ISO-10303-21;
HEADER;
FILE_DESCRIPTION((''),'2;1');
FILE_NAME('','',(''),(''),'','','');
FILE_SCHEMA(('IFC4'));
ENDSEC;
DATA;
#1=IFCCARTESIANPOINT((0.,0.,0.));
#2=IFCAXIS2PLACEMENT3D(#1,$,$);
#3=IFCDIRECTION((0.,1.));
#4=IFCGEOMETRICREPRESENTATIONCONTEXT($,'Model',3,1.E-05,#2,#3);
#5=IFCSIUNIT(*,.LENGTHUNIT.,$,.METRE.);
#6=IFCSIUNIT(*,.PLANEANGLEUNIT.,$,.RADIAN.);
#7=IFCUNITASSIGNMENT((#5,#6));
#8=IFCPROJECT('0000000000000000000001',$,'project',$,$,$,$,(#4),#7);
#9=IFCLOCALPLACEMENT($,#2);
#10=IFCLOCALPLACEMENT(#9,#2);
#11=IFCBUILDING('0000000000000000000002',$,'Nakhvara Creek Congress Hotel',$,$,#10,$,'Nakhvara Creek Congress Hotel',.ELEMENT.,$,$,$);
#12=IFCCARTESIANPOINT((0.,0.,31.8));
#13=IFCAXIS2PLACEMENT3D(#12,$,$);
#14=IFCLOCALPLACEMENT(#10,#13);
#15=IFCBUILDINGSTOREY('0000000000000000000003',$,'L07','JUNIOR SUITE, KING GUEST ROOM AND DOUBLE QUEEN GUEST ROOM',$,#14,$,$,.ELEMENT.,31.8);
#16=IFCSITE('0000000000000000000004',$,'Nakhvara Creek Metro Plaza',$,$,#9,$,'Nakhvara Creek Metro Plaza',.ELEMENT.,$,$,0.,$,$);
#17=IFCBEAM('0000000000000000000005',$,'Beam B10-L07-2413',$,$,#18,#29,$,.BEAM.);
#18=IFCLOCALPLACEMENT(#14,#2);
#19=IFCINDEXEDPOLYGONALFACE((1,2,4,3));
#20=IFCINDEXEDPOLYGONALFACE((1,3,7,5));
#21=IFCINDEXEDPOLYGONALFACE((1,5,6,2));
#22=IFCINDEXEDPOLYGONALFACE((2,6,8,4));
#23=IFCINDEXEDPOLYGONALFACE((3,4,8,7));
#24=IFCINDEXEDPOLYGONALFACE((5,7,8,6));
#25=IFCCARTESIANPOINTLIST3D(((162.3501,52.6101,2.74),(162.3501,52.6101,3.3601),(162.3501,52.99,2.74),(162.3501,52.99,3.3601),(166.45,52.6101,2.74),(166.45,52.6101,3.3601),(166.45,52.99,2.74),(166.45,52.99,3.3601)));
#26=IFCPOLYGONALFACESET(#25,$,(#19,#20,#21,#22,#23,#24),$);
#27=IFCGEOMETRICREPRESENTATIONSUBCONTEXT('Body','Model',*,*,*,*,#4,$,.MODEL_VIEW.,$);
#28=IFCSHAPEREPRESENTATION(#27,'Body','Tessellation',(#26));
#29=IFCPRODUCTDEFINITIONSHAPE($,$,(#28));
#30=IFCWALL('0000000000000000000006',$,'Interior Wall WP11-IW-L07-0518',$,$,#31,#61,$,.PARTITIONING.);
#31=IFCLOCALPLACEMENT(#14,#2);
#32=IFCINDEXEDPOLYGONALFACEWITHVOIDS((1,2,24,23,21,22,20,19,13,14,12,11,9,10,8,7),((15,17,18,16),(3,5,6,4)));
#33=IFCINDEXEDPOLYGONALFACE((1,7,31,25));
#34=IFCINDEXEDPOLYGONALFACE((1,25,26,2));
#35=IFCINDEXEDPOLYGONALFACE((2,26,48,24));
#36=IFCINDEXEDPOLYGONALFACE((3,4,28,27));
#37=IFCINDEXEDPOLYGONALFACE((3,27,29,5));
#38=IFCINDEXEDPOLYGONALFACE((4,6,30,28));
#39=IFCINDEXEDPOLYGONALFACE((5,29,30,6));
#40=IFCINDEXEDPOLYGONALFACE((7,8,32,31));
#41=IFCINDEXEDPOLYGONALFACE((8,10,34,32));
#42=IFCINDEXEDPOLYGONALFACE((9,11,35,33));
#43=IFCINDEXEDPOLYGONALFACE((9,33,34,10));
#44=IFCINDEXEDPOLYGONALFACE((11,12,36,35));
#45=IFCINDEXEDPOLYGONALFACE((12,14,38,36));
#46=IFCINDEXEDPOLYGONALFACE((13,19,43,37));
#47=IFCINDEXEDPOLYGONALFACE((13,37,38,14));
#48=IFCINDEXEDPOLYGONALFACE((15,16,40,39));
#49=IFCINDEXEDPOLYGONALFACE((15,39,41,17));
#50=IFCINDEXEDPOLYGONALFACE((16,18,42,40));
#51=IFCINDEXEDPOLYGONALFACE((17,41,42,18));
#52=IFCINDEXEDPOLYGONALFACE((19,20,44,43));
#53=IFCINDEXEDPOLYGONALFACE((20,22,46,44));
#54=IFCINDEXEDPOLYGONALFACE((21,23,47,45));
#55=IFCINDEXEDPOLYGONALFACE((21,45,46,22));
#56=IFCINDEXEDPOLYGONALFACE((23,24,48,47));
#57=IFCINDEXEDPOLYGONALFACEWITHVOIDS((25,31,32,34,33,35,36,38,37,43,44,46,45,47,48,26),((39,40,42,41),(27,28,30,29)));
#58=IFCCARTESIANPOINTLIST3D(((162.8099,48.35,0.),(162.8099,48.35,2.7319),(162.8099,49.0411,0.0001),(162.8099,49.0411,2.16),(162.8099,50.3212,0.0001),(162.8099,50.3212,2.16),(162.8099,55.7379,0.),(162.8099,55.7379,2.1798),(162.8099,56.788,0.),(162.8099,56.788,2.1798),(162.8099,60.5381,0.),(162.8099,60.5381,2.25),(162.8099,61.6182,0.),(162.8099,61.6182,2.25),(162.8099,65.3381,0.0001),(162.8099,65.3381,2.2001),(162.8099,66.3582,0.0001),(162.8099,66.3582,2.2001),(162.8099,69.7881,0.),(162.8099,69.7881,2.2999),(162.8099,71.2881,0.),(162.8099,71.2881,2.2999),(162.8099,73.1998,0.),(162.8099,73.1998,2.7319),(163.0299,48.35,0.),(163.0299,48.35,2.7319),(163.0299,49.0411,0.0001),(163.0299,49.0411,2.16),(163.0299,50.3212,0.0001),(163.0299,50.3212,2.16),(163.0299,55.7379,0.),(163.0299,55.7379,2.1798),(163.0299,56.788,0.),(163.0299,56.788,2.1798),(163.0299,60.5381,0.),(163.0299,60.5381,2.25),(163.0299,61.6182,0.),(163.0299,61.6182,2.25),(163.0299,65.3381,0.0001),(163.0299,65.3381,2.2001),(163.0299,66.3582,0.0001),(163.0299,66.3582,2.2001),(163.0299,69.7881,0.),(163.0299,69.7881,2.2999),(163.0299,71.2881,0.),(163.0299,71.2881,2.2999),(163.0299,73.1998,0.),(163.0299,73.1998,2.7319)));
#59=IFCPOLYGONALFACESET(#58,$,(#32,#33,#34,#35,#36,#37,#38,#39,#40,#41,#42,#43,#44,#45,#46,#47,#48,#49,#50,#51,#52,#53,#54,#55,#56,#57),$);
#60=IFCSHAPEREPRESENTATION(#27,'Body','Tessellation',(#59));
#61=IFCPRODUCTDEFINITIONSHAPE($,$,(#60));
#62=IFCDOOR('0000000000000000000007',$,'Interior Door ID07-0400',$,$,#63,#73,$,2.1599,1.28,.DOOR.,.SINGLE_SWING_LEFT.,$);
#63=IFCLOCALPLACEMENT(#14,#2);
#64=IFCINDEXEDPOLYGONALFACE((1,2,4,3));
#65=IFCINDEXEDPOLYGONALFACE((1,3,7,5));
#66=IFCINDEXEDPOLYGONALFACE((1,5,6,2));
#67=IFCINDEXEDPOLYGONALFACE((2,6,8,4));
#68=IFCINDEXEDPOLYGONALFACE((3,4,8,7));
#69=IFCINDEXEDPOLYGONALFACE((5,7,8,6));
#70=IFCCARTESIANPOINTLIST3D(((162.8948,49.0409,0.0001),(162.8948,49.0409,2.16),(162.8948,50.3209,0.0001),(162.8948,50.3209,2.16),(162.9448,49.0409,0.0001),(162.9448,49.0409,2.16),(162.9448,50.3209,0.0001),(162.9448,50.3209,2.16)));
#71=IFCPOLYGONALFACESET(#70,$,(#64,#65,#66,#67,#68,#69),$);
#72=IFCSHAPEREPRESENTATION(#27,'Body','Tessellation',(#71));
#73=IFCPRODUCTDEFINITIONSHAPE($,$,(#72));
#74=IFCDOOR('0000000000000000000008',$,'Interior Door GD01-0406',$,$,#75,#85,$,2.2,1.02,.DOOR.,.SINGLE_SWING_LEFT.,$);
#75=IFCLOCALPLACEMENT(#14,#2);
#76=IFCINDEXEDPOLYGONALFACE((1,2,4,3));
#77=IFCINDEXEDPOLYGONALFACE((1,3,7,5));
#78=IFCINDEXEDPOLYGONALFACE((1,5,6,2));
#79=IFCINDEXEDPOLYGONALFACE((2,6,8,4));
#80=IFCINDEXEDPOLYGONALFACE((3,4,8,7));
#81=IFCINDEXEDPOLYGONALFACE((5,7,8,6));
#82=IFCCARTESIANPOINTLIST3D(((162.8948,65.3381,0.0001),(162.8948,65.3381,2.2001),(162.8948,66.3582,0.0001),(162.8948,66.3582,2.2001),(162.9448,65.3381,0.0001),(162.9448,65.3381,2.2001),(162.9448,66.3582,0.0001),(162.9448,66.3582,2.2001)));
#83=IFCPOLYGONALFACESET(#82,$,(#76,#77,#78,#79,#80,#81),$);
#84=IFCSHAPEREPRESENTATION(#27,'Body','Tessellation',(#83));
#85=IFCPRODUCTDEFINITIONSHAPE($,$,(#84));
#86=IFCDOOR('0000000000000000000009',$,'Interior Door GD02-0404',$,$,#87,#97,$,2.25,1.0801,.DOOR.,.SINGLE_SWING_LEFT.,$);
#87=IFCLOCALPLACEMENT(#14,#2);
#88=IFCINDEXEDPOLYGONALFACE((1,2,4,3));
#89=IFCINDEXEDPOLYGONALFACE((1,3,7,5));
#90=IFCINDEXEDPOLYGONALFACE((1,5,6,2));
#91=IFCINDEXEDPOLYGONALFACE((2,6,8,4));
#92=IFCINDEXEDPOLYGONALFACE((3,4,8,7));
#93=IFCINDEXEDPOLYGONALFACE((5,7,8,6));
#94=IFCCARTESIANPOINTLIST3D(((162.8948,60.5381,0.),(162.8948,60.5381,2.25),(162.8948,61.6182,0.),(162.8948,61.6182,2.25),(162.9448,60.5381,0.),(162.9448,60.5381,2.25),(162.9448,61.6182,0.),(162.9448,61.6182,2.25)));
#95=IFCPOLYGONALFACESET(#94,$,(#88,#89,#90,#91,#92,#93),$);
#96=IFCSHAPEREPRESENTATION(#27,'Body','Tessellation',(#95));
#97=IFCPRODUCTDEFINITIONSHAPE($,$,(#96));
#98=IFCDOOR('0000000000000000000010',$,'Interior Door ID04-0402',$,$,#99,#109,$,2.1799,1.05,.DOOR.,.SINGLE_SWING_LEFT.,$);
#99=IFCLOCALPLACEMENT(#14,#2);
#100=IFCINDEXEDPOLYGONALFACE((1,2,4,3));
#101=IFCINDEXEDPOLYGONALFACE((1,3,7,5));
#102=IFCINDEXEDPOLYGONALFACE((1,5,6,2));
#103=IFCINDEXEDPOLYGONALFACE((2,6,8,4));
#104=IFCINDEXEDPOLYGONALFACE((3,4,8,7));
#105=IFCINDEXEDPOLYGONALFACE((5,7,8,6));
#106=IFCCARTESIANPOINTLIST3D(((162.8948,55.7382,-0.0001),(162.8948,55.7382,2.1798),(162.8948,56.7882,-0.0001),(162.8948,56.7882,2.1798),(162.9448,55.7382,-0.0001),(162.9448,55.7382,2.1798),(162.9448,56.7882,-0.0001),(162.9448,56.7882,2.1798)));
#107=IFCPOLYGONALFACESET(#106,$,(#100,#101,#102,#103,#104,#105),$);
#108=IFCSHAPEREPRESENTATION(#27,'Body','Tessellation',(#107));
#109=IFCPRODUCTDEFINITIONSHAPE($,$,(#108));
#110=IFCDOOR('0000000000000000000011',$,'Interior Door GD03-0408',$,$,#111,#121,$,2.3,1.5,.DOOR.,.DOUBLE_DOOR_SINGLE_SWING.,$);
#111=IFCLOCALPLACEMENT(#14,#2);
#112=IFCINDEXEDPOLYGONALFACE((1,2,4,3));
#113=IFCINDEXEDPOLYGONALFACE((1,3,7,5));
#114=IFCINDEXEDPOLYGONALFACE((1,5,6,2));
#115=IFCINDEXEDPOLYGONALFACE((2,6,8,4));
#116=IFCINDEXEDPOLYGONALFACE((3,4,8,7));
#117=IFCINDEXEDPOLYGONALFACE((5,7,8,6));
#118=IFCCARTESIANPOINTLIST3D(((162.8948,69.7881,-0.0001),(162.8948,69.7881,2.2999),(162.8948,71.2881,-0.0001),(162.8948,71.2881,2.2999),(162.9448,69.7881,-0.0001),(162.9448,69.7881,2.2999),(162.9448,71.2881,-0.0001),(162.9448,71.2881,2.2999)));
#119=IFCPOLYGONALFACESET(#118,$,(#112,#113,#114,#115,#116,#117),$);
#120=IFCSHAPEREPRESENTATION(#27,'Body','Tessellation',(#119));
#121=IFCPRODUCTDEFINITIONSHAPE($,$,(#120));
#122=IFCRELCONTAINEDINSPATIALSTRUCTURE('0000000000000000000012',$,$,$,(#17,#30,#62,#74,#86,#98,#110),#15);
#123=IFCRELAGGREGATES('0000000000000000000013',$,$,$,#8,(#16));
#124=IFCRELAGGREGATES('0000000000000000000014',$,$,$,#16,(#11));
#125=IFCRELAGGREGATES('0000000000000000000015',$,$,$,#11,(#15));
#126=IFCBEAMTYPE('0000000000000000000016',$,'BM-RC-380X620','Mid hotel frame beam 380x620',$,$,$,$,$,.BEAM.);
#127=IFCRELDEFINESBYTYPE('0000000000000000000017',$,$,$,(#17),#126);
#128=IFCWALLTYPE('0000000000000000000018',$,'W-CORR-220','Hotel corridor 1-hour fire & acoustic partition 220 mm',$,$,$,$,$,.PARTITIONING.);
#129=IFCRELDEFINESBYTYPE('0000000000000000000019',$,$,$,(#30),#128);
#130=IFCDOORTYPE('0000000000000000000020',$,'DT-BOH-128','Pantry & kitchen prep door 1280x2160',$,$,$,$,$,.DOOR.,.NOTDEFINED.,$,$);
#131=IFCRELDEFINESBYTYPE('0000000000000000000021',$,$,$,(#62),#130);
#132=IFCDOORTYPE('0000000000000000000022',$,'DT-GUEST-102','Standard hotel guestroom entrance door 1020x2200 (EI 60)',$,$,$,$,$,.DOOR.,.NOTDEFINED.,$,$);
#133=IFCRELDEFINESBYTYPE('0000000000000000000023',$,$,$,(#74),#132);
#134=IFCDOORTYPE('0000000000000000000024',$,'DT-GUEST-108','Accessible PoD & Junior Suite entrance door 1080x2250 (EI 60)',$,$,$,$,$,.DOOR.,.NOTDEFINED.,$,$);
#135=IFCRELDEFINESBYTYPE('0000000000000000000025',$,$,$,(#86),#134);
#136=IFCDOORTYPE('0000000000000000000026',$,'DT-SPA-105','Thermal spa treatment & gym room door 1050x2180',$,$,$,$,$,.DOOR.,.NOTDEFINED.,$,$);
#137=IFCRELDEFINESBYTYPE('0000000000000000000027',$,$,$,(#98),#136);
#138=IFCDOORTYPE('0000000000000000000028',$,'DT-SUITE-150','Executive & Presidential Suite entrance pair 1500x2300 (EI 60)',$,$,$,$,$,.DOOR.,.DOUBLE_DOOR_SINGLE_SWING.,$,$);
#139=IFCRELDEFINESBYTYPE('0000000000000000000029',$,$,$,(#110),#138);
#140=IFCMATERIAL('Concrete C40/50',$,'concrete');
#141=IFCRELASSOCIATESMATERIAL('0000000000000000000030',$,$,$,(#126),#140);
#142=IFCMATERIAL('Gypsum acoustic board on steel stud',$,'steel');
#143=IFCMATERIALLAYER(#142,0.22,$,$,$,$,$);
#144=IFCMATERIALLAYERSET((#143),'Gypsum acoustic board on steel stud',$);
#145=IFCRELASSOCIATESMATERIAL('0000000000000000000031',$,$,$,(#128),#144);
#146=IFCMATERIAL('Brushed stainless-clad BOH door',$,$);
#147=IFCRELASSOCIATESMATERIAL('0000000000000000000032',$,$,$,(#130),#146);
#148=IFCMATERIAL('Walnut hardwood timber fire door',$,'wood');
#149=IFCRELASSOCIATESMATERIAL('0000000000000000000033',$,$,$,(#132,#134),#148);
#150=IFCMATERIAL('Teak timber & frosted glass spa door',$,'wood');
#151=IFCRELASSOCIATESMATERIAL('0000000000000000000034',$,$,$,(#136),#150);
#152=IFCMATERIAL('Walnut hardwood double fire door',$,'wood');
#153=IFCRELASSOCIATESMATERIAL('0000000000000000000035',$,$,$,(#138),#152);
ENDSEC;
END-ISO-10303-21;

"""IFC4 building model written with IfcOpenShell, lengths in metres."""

from ifc_helpers import new_model, si_unit, direction, frame, frame_2d, origin, origin_2d, place, context, subcontext, project, spatial, rectangle, extrude, material, layer, layer_set, material_profile, profile_set, type_object, element, fill, save


model = new_model("IFC4")

# Units and contexts
model_context = context("Model", 3, precision=1e-05, world=origin(), true_north=direction((0.0, 1.0)))
body_context = subcontext(model_context, "Body", "Model", "MODEL_VIEW")
ifc_project = project(units=[si_unit("LENGTHUNIT", "METRE"), si_unit("PLANEANGLEUNIT", "RADIAN")], contexts=[model_context])

# Site, building, storey
site_placement = place(None, origin())
site = spatial("IfcSite", under=ifc_project, at=site_placement, Name="Nakhvara Creek Metro Plaza", LongName="Nakhvara Creek Metro Plaza", CompositionType="ELEMENT", RefElevation=0.0)
building_placement = place(site_placement, origin())
building = spatial("IfcBuilding", under=site, at=building_placement, Name="Nakhvara Creek Congress Hotel", LongName="Nakhvara Creek Congress Hotel", CompositionType="ELEMENT")
storey_placement = place(building_placement, frame((0.0, 0.0, 31.8)))
storey = spatial("IfcBuildingStorey", under=building, at=storey_placement, Name="L07", Description="JUNIOR SUITE, KING GUEST ROOM AND DOUBLE QUEEN GUEST ROOM", CompositionType="ELEMENT", Elevation=31.8)

# Beam
ifc_material_1 = material(Name="Concrete C40/50", Category="concrete")
ifc_material_profile = material_profile(ifc_material_1, rectangle(XDim=0.3799, YDim=0.6201, at=origin_2d()), Name="RC-BM 380x620", Category="LoadBearing")
ifc_profile_set = profile_set([ifc_material_profile], Name="Concrete C40/50")
beam_type = type_object("IfcBeamType", Name="BM-RC-380X620", Description="Mid hotel frame beam 380x620", PredefinedType="BEAM", material=ifc_profile_set)
beam_placement = place(storey_placement, frame((162.3501, 52.8, 3.05), z_axis=(1.0, 0.0, 0.0), x_axis=(0.0, 1.0, 0.0)))
element("IfcBeam", 1, at=beam_placement, inside=storey, type_object=beam_type, Name="Beam B10-L07-2413", PredefinedType="BEAM", context=body_context, shape_type="SweptSolid", body=[
    extrude(rectangle(XDim=0.3799, YDim=0.6201, at=origin_2d()), origin(), (0.0, 0.0, 1.0), 4.0999),
])

# Wall, openings, doors
ifc_material_2 = material(Name="Gypsum acoustic board on steel stud", Category="steel")
ifc_layer = layer(ifc_material_2, 0.22)
ifc_layer_set = layer_set([ifc_layer], Name="Gypsum acoustic board on steel stud")
wall_type = type_object("IfcWallType", Name="W-CORR-220", Description="Hotel corridor 1-hour fire & acoustic partition 220 mm", PredefinedType="PARTITIONING", material=ifc_layer_set)
wall_placement = place(storey_placement, frame((162.9199, 48.3501, 0.0), z_axis=(0.0, 0.0, 1.0), x_axis=(0.0, 1.0, 0.0)))
wall = element("IfcWall", 2, at=wall_placement, inside=storey, type_object=wall_type, Name="Interior Wall WP11-IW-L07-0518", PredefinedType="PARTITIONING", context=body_context, shape_type="SweptSolid", body=[
    extrude(rectangle(XDim=24.8499, YDim=0.22, at=frame_2d((12.4248, 0.0))), origin(), (0.0, 0.0, 1.0), 2.7319),
])
opening_1_placement = place(wall_placement, frame((0.6909, 0.0, 0.0)))
opening_1 = element("IfcOpeningElement", 3, at=opening_1_placement, cuts=wall, PredefinedType="OPENING", context=body_context, shape_type="SweptSolid", body=[
    extrude(rectangle(XDim=1.28, YDim=2.1599, at=frame_2d((0.6401, 1.0801))), frame((0.0, 0.1221, 0.0), z_axis=(0.0, -1.0, 0.0), x_axis=(1.0, 0.0, 0.0)), (0.0, 0.0, 1.0), 0.2439),
])
opening_2_placement = place(wall_placement, frame((7.3879, 0.0, 0.0)))
opening_2 = element("IfcOpeningElement", 4, at=opening_2_placement, cuts=wall, PredefinedType="OPENING", context=body_context, shape_type="SweptSolid", body=[
    extrude(rectangle(XDim=1.05, YDim=2.1799, at=frame_2d((0.5249, 1.0898))), frame((0.0, 0.1221, 0.0), z_axis=(0.0, -1.0, 0.0), x_axis=(1.0, 0.0, 0.0)), (0.0, 0.0, 1.0), 0.2439),
])
opening_3_placement = place(wall_placement, frame((12.188, 0.0, 0.0)))
opening_3 = element("IfcOpeningElement", 5, at=opening_3_placement, cuts=wall, PredefinedType="OPENING", context=body_context, shape_type="SweptSolid", body=[
    extrude(rectangle(XDim=1.0801, YDim=2.25, at=frame_2d((0.54, 1.125))), frame((0.0, 0.1221, 0.0), z_axis=(0.0, -1.0, 0.0), x_axis=(1.0, 0.0, 0.0)), (0.0, 0.0, 1.0), 0.2439),
])
opening_4_placement = place(wall_placement, frame((16.988, 0.0, 0.0)))
opening_4 = element("IfcOpeningElement", 6, at=opening_4_placement, cuts=wall, PredefinedType="OPENING", context=body_context, shape_type="SweptSolid", body=[
    extrude(rectangle(XDim=1.02, YDim=2.2, at=frame_2d((0.51, 1.1001))), frame((0.0, 0.1221, 0.0), z_axis=(0.0, -1.0, 0.0), x_axis=(1.0, 0.0, 0.0)), (0.0, 0.0, 1.0), 0.2439),
])
opening_5_placement = place(wall_placement, frame((21.438, 0.0, 0.0)))
opening_5 = element("IfcOpeningElement", 7, at=opening_5_placement, cuts=wall, PredefinedType="OPENING", context=body_context, shape_type="SweptSolid", body=[
    extrude(rectangle(XDim=1.5, YDim=2.3, at=frame_2d((0.75, 1.1499))), frame((0.0, 0.1221, 0.0), z_axis=(0.0, -1.0, 0.0), x_axis=(1.0, 0.0, 0.0)), (0.0, 0.0, 1.0), 0.2439),
])
ifc_material_3 = material(Name="Brushed stainless-clad BOH door")
door_type_1 = type_object("IfcDoorType", Name="DT-BOH-128", Description="Pantry & kitchen prep door 1280x2160", OperationType="NOTDEFINED", PredefinedType="DOOR", material=ifc_material_3)
door_1_placement = place(opening_1_placement, frame((1.28, 0.0, 0.0), z_axis=(0.0, 0.0, 1.0), x_axis=(-1.0, 0.0, 0.0)))
door_1 = element("IfcDoor", 8, at=door_1_placement, inside=storey, type_object=door_type_1, Name="Interior Door ID07-0400", OperationType="SINGLE_SWING_LEFT", OverallHeight=2.1599, OverallWidth=1.28, PredefinedType="DOOR", context=body_context, shape_type="SweptSolid", body=[
    extrude(rectangle(XDim=1.28, YDim=2.1599, at=frame_2d((0.6401, 1.0801))), frame((0.0, 0.0249, 0.0), z_axis=(0.0, -1.0, 0.0), x_axis=(1.0, 0.0, 0.0)), (0.0, 0.0, 1.0), 0.05),
])
fill(opening_1, door_1)
ifc_material_4 = material(Name="Walnut hardwood timber fire door", Category="wood")
door_type_2 = type_object("IfcDoorType", Name="DT-GUEST-102", Description="Standard hotel guestroom entrance door 1020x2200 (EI 60)", OperationType="NOTDEFINED", PredefinedType="DOOR", material=ifc_material_4)
door_2_placement = place(opening_4_placement, frame((1.02, 0.0, 0.0), z_axis=(0.0, 0.0, 1.0), x_axis=(-1.0, 0.0, 0.0)))
door_2 = element("IfcDoor", 9, at=door_2_placement, inside=storey, type_object=door_type_2, Name="Interior Door GD01-0406", OperationType="SINGLE_SWING_LEFT", OverallHeight=2.2, OverallWidth=1.02, PredefinedType="DOOR", context=body_context, shape_type="SweptSolid", body=[
    extrude(rectangle(XDim=1.02, YDim=2.2, at=frame_2d((0.51, 1.1001))), frame((0.0, 0.0249, 0.0), z_axis=(0.0, -1.0, 0.0), x_axis=(1.0, 0.0, 0.0)), (0.0, 0.0, 1.0), 0.05),
])
fill(opening_4, door_2)
door_type_3 = type_object("IfcDoorType", Name="DT-GUEST-108", Description="Accessible PoD & Junior Suite entrance door 1080x2250 (EI 60)", OperationType="NOTDEFINED", PredefinedType="DOOR", material=ifc_material_4)
door_3_placement = place(opening_3_placement, frame((1.0801, 0.0, 0.0), z_axis=(0.0, 0.0, 1.0), x_axis=(-1.0, 0.0, 0.0)))
door_3 = element("IfcDoor", 10, at=door_3_placement, inside=storey, type_object=door_type_3, Name="Interior Door GD02-0404", OperationType="SINGLE_SWING_LEFT", OverallHeight=2.25, OverallWidth=1.0801, PredefinedType="DOOR", context=body_context, shape_type="SweptSolid", body=[
    extrude(rectangle(XDim=1.0801, YDim=2.25, at=frame_2d((0.54, 1.125))), frame((0.0, 0.0249, 0.0), z_axis=(0.0, -1.0, 0.0), x_axis=(1.0, 0.0, 0.0)), (0.0, 0.0, 1.0), 0.05),
])
fill(opening_3, door_3)
ifc_material_5 = material(Name="Teak timber & frosted glass spa door", Category="wood")
door_type_4 = type_object("IfcDoorType", Name="DT-SPA-105", Description="Thermal spa treatment & gym room door 1050x2180", OperationType="NOTDEFINED", PredefinedType="DOOR", material=ifc_material_5)
door_4_placement = place(opening_2_placement, frame((1.05, 0.0, 0.0), z_axis=(0.0, 0.0, 1.0), x_axis=(-1.0, 0.0, 0.0)))
door_4 = element("IfcDoor", 11, at=door_4_placement, inside=storey, type_object=door_type_4, Name="Interior Door ID04-0402", OperationType="SINGLE_SWING_LEFT", OverallHeight=2.1799, OverallWidth=1.05, PredefinedType="DOOR", context=body_context, shape_type="SweptSolid", body=[
    extrude(rectangle(XDim=1.05, YDim=2.1799, at=frame_2d((0.5249, 1.0898))), frame((0.0, 0.0249, 0.0), z_axis=(0.0, -1.0, 0.0), x_axis=(1.0, 0.0, 0.0)), (0.0, 0.0, 1.0), 0.05),
])
fill(opening_2, door_4)
ifc_material_6 = material(Name="Walnut hardwood double fire door", Category="wood")
door_type_5 = type_object("IfcDoorType", Name="DT-SUITE-150", Description="Executive & Presidential Suite entrance pair 1500x2300 (EI 60)", OperationType="DOUBLE_DOOR_SINGLE_SWING", PredefinedType="DOOR", material=ifc_material_6)
door_5_placement = place(opening_5_placement, frame((1.5, 0.0, 0.0), z_axis=(0.0, 0.0, 1.0), x_axis=(-1.0, 0.0, 0.0)))
door_5 = element("IfcDoor", 12, at=door_5_placement, inside=storey, type_object=door_type_5, Name="Interior Door GD03-0408", OperationType="DOUBLE_DOOR_SINGLE_SWING", OverallHeight=2.3, OverallWidth=1.5, PredefinedType="DOOR", context=body_context, shape_type="SweptSolid", body=[
    extrude(rectangle(XDim=1.5, YDim=2.3, at=frame_2d((0.75, 1.1499))), frame((0.0, 0.0249, 0.0), z_axis=(0.0, -1.0, 0.0), x_axis=(1.0, 0.0, 0.0)), (0.0, 0.0, 1.0), 0.05),
])
fill(opening_5, door_5)

save(model, "model.ifc")
